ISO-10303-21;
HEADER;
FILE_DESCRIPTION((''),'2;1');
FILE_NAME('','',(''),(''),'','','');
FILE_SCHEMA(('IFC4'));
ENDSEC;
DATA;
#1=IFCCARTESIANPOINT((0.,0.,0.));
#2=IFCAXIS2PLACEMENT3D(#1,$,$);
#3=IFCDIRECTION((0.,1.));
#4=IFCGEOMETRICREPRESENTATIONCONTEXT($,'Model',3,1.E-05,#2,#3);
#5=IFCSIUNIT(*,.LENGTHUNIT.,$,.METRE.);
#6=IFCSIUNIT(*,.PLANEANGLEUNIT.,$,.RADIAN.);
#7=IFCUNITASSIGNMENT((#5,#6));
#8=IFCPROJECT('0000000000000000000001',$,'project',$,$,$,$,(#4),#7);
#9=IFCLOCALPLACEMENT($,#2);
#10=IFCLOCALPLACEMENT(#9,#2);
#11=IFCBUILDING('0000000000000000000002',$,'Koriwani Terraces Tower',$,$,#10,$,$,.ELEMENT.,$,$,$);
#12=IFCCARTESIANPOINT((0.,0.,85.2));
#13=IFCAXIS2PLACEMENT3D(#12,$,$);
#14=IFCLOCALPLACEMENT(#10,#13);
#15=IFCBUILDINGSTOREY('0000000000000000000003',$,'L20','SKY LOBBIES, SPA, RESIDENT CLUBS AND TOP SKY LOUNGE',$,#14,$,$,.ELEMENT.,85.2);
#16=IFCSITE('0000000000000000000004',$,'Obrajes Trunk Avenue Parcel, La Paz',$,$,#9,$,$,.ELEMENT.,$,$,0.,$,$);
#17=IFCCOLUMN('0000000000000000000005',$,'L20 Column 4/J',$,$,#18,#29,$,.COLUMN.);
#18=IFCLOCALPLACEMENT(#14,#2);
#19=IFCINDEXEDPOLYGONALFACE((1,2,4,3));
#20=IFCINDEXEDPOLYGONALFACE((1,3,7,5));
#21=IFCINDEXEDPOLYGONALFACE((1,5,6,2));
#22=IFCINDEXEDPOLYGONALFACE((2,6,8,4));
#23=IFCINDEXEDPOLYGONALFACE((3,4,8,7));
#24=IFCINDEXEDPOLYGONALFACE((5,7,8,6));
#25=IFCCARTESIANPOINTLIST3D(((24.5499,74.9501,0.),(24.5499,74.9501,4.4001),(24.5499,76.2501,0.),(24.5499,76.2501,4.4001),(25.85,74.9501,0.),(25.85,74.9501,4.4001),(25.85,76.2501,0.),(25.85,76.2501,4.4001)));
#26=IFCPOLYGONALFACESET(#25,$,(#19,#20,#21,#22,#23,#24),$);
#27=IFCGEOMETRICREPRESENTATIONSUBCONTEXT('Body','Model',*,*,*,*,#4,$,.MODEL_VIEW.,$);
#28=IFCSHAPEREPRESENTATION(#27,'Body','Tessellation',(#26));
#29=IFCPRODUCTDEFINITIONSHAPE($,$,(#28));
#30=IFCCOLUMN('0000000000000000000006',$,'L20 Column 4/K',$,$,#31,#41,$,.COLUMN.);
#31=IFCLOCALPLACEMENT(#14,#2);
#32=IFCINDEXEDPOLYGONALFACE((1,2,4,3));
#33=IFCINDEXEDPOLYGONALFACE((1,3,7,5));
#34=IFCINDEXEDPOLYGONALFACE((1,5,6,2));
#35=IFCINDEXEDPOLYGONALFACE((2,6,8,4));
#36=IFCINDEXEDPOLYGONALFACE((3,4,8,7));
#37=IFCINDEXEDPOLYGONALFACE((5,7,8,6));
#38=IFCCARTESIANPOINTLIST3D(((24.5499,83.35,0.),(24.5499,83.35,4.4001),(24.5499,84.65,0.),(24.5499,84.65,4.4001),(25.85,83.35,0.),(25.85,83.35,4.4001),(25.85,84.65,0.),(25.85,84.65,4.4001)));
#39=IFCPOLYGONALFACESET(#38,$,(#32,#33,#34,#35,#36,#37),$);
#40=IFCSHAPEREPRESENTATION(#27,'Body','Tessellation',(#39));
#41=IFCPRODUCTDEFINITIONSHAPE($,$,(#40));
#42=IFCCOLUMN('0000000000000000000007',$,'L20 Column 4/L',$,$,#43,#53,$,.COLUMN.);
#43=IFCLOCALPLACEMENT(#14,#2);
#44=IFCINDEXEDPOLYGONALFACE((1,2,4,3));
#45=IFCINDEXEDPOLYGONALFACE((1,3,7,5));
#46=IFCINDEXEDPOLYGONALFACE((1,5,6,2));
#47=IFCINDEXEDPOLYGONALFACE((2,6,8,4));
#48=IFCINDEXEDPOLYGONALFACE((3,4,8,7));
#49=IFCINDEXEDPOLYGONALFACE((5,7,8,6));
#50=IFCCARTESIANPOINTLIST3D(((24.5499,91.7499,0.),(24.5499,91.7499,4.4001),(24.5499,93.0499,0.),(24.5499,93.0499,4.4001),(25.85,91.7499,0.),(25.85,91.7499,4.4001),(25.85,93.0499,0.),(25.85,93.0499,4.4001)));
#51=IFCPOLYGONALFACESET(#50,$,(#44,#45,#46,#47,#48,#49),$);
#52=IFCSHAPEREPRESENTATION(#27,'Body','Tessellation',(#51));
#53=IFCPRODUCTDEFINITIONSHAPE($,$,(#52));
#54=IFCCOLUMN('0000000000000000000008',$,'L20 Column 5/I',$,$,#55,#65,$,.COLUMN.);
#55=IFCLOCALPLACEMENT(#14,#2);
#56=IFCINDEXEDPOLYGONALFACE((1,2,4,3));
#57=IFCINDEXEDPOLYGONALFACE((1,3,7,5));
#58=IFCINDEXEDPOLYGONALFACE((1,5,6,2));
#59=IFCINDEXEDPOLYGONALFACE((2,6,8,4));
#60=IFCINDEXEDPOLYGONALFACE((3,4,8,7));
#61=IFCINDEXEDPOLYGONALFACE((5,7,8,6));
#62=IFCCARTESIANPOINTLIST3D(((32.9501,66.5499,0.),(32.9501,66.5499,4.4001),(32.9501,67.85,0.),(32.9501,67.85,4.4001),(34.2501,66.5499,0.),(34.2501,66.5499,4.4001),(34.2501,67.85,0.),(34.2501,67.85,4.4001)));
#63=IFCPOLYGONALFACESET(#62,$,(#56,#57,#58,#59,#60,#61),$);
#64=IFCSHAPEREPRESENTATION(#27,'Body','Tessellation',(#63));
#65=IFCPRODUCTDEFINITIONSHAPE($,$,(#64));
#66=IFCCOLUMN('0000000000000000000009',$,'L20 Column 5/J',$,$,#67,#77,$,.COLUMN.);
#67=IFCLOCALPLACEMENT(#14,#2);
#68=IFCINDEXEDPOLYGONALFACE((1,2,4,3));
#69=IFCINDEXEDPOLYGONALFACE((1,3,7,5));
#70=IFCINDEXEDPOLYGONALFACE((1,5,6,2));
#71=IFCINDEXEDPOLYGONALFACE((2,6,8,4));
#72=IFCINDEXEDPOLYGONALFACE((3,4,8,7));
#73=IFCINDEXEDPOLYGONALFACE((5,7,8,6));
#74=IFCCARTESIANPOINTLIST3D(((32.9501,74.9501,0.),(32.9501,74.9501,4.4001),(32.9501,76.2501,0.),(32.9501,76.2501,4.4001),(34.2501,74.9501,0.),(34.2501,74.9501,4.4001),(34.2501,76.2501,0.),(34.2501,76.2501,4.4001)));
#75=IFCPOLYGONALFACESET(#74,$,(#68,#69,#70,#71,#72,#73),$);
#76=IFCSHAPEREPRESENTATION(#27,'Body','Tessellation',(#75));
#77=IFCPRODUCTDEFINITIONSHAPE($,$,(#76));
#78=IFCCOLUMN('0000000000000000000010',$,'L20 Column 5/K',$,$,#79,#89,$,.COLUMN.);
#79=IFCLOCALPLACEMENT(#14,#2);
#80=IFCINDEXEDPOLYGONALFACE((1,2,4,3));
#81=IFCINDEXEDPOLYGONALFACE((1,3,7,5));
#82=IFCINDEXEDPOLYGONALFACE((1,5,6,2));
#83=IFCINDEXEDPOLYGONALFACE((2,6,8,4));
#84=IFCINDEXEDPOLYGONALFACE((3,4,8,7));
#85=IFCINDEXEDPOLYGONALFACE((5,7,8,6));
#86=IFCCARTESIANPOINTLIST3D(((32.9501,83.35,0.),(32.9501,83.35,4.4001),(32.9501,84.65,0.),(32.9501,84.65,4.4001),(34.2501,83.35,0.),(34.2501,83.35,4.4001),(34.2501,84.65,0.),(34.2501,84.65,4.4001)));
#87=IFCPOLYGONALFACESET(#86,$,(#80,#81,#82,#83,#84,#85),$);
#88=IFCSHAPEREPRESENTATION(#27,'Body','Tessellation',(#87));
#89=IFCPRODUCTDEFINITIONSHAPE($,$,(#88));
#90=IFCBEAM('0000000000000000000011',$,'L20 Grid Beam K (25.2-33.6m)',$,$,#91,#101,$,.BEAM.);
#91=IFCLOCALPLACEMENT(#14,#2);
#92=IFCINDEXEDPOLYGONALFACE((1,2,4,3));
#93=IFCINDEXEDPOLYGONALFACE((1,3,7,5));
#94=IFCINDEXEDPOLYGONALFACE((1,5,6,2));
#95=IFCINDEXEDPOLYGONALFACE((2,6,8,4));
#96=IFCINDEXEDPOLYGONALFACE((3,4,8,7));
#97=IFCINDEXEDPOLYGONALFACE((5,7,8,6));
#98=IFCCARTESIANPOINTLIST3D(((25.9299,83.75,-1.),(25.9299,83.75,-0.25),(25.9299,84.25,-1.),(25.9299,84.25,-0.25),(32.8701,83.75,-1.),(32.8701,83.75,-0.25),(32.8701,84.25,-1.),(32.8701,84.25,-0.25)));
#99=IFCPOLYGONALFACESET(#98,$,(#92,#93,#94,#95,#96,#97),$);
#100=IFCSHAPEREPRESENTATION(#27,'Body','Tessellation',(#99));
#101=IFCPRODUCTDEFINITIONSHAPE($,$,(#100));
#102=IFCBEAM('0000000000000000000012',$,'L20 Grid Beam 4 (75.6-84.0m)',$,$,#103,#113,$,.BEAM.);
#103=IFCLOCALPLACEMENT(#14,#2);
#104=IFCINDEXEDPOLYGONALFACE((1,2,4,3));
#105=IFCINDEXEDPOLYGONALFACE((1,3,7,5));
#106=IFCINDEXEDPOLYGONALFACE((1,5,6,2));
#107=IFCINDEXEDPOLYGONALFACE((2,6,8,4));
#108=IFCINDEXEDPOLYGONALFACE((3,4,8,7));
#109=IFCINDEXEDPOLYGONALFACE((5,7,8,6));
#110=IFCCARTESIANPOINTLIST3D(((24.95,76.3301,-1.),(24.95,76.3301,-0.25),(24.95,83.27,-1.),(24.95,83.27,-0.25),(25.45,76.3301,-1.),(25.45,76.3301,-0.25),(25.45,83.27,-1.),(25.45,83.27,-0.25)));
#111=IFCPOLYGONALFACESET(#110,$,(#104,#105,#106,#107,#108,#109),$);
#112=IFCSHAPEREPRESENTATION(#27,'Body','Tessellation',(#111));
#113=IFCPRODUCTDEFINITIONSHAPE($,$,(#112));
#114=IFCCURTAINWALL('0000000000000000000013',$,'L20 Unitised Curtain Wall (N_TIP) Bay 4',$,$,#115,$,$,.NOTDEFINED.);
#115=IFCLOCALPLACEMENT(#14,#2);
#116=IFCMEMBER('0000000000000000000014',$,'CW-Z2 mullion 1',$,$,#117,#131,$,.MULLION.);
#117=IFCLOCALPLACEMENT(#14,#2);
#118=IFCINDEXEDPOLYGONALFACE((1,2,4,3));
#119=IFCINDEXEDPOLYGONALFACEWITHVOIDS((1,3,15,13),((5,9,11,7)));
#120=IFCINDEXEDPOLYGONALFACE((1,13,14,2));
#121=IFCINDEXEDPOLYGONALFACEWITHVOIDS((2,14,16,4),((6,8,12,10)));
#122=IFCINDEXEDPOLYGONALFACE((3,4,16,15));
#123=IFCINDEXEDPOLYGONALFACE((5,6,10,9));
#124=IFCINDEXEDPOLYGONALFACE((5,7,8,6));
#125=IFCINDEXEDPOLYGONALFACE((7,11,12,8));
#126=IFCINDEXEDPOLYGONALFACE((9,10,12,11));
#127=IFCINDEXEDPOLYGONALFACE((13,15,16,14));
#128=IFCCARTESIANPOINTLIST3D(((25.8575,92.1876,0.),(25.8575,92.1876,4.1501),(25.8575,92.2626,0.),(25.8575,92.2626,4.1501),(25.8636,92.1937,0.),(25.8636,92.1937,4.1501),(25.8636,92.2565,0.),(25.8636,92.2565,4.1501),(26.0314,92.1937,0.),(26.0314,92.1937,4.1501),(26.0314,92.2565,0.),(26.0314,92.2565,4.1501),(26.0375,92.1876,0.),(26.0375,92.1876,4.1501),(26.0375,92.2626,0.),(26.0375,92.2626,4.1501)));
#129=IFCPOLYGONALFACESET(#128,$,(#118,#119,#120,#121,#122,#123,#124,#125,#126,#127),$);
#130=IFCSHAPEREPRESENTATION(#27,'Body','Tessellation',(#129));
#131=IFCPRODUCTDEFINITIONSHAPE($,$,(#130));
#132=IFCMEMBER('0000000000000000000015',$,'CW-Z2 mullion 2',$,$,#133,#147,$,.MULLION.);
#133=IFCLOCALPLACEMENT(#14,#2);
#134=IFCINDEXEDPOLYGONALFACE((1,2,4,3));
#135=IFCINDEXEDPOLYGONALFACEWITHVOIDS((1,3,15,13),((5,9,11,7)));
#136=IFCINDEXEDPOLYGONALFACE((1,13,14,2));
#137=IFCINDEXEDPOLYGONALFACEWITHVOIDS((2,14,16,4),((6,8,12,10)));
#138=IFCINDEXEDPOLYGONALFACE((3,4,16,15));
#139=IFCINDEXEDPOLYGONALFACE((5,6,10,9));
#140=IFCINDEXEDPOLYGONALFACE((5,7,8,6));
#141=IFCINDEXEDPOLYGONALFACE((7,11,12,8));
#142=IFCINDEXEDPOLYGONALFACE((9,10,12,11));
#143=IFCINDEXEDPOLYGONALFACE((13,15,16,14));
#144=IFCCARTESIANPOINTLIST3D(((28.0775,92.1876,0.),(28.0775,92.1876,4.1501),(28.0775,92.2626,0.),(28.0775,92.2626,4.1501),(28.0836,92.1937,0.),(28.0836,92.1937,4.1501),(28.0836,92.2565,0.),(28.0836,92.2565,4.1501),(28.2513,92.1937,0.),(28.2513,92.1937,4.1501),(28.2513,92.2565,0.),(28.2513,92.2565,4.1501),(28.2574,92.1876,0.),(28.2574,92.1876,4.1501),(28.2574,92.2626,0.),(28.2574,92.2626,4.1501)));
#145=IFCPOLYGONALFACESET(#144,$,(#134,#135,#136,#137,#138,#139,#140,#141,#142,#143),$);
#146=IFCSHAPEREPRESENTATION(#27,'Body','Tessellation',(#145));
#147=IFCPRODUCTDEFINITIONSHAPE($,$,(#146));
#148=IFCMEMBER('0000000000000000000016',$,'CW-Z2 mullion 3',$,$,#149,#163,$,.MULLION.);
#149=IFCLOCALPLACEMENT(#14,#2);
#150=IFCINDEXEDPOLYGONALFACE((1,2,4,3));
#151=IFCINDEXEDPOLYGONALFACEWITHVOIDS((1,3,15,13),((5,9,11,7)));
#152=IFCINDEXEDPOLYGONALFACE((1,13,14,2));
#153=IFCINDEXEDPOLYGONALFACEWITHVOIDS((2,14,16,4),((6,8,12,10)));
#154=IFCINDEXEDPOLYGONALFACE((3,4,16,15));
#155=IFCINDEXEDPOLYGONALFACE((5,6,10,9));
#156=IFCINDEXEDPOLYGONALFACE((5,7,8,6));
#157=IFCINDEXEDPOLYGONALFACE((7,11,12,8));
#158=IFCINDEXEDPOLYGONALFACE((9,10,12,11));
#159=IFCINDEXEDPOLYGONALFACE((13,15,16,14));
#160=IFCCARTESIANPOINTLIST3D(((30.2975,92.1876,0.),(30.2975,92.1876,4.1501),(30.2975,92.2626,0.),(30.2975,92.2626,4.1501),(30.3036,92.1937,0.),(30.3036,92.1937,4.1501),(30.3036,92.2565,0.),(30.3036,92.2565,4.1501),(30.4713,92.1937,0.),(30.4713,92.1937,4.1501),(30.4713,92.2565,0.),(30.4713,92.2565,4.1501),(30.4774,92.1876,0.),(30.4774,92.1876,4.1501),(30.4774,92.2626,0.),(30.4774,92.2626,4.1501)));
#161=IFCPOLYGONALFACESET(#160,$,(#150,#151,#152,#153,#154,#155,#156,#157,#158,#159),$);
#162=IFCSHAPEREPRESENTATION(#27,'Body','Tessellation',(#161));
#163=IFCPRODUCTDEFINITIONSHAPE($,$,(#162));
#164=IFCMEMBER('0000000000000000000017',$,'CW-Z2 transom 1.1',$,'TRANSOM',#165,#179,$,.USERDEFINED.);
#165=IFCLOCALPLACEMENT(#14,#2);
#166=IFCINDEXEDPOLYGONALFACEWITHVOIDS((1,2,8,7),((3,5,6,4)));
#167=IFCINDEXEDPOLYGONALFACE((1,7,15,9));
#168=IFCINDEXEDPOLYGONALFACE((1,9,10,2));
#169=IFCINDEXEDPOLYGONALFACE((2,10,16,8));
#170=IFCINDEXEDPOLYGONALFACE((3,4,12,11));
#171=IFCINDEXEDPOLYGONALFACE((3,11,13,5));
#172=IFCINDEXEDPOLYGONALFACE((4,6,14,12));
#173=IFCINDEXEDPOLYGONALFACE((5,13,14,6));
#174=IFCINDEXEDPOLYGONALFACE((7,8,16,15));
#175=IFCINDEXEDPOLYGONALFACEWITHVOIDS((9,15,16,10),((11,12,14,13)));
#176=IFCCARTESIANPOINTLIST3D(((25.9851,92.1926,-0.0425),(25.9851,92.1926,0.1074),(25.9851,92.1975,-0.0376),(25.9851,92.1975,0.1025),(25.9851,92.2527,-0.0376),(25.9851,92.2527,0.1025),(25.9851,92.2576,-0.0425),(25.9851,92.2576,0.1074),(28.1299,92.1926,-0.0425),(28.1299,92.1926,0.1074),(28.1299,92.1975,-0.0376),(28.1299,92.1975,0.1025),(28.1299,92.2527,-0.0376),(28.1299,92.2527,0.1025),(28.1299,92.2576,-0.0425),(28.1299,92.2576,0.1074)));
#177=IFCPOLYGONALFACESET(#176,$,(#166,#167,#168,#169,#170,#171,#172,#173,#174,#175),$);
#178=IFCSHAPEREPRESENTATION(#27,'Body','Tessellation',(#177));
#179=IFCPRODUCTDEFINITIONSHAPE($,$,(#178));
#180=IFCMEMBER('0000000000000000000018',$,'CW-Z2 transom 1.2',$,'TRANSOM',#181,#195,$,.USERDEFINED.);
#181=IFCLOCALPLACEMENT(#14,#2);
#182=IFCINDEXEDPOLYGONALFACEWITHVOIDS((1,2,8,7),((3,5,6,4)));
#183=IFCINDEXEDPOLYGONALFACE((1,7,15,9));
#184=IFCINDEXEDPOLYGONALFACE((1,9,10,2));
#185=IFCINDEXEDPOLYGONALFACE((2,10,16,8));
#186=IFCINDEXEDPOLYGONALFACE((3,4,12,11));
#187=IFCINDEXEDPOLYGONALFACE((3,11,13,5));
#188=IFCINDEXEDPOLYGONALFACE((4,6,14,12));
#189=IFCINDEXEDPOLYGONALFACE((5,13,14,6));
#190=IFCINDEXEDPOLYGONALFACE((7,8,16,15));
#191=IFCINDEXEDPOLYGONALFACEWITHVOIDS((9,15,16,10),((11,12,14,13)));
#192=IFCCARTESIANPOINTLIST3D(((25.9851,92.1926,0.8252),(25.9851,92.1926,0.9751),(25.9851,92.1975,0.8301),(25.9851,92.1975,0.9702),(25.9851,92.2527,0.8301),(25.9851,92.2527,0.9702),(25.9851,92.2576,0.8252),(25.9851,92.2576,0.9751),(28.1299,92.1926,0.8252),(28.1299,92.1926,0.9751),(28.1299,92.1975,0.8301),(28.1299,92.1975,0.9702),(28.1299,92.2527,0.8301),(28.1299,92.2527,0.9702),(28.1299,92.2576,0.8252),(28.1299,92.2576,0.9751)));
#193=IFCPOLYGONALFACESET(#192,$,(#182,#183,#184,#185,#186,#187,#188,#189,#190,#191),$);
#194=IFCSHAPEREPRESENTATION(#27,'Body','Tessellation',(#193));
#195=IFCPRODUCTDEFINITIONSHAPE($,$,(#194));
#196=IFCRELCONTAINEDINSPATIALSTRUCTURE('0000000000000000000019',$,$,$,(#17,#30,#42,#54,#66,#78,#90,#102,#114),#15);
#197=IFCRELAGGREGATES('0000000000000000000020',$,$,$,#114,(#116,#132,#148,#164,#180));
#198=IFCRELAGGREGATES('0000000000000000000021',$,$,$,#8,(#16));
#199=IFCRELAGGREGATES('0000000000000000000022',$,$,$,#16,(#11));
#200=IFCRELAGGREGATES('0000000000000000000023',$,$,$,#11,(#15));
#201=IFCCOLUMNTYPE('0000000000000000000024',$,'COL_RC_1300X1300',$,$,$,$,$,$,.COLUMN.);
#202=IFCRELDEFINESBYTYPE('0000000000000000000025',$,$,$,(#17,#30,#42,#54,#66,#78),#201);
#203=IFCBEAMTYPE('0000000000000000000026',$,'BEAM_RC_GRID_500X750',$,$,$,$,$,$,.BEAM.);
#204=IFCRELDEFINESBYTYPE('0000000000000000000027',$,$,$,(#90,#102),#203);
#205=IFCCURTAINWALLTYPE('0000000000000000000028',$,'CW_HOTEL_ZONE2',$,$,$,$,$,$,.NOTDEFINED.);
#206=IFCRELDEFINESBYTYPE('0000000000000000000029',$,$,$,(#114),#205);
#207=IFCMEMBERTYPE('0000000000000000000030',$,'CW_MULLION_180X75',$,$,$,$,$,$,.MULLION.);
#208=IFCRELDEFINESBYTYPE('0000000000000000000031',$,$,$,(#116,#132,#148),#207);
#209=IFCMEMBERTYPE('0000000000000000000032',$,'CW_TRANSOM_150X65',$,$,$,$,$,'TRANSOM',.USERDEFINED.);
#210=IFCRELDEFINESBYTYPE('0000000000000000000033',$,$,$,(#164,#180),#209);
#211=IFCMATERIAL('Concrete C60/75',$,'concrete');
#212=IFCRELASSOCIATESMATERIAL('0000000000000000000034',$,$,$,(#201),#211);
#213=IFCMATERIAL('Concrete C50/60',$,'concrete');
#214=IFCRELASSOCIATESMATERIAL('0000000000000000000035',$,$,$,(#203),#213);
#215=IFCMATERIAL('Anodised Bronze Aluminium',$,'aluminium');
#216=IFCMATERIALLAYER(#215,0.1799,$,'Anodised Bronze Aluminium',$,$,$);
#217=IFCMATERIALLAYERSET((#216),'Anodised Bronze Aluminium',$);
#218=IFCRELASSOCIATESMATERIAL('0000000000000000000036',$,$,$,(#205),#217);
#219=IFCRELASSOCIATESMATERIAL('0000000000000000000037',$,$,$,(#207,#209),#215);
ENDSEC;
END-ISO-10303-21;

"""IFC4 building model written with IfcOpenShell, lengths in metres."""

from ifc_helpers import new_model, si_unit, direction, frame, origin, origin_2d, place, context, subcontext, project, spatial, rectangle, hollow_rectangle, extrude, material, layer, layer_set, material_profile, profile_set, type_object, element, aggregate, save


model = new_model("IFC4")

# Units and contexts
model_context = context("Model", 3, precision=1e-05, world=origin(), true_north=direction((0.0, 1.0)))
body_context = subcontext(model_context, "Body", "Model", "MODEL_VIEW")
ifc_project = project(units=[si_unit("LENGTHUNIT", "METRE"), si_unit("PLANEANGLEUNIT", "RADIAN")], contexts=[model_context])

# Site, building, storey
site_placement = place(None, origin())
site = spatial("IfcSite", under=ifc_project, at=site_placement, Name="Obrajes Trunk Avenue Parcel, La Paz", CompositionType="ELEMENT", RefElevation=0.0)
building_placement = place(site_placement, origin())
building = spatial("IfcBuilding", under=site, at=building_placement, Name="Koriwani Terraces Tower", CompositionType="ELEMENT")
storey_placement = place(building_placement, frame((0.0, 0.0, 85.2)))
storey = spatial("IfcBuildingStorey", under=building, at=storey_placement, Name="L20", Description="SKY LOBBIES, SPA, RESIDENT CLUBS AND TOP SKY LOUNGE", CompositionType="ELEMENT", Elevation=85.2)

# Columns
ifc_material_1 = material(Name="Concrete C60/75", Category="concrete")
ifc_material_profile_1 = material_profile(ifc_material_1, rectangle(XDim=1.3, YDim=1.3, at=origin_2d()), Name="Concrete C60/75", Category="LoadBearing")
ifc_profile_set_1 = profile_set([ifc_material_profile_1], Name="Concrete C60/75")
column_type = type_object("IfcColumnType", Name="COL_RC_1300X1300", PredefinedType="COLUMN", material=ifc_profile_set_1)
for number, where, z_axis, x_axis, name in (
    (1, (25.2, 75.6001, 0.0), (0.0, 0.0, 1.0), (1.0, 0.0, 0.0), "L20 Column 4/J"),
    (2, (25.2, 84.0, 0.0), (0.0, 0.0, 1.0), (1.0, 0.0, 0.0), "L20 Column 4/K"),
    (3, (25.2, 92.3999, 0.0), (0.0, 0.0, 1.0), (1.0, 0.0, 0.0), "L20 Column 4/L"),
    (4, (33.6001, 67.2, 0.0), (0.0, 0.0, 1.0), (1.0, 0.0, 0.0), "L20 Column 5/I"),
    (5, (33.6001, 75.6001, 0.0), (0.0, 0.0, 1.0), (1.0, 0.0, 0.0), "L20 Column 5/J"),
    (6, (33.6001, 84.0, 0.0), (0.0, 0.0, 1.0), (1.0, 0.0, 0.0), "L20 Column 5/K"),
):
    element("IfcColumn", number, at=place(storey_placement, frame(where, z_axis=z_axis, x_axis=x_axis)), inside=storey, type_object=column_type, Name=name, PredefinedType="COLUMN", context=body_context, shape_type="SweptSolid", body=[
        extrude(rectangle(XDim=1.3, YDim=1.3, at=origin_2d()), origin(), (0.0, 0.0, 1.0), 4.4001),
    ])

# Beams
ifc_material_2 = material(Name="Concrete C50/60", Category="concrete")
ifc_material_profile_2 = material_profile(ifc_material_2, rectangle(XDim=0.5, YDim=0.75, at=origin_2d()), Name="Concrete C50/60", Category="LoadBearing")
ifc_profile_set_2 = profile_set([ifc_material_profile_2], Name="Concrete C50/60")
beam_type_1 = type_object("IfcBeamType", Name="BEAM_RC_GRID_500X750", PredefinedType="BEAM", material=ifc_profile_set_2)
beam_1_placement = place(storey_placement, frame((25.9299, 84.0, -0.625), z_axis=(1.0, 0.0, 0.0), x_axis=(0.0, 1.0, 0.0)))
element("IfcBeam", 7, at=beam_1_placement, inside=storey, type_object=beam_type_1, Name="L20 Grid Beam K (25.2-33.6m)", PredefinedType="BEAM", context=body_context, shape_type="SweptSolid", body=[
    extrude(rectangle(XDim=0.5, YDim=0.75, at=origin_2d()), origin(), (0.0, 0.0, 1.0), 6.9402),
])
beam_2_placement = place(storey_placement, frame((25.2, 76.3301, -0.625), z_axis=(0.0, 1.0, 0.0), x_axis=(-1.0, 0.0, 0.0)))
element("IfcBeam", 8, at=beam_2_placement, inside=storey, type_object=beam_type_1, Name="L20 Grid Beam 4 (75.6-84.0m)", PredefinedType="BEAM", context=body_context, shape_type="SweptSolid", body=[
    extrude(rectangle(XDim=0.5, YDim=0.75, at=origin_2d()), origin(), (0.0, 0.0, 1.0), 6.9399),
])

# Curtain wall, members
ifc_material_3 = material(Name="Anodised Bronze Aluminium", Category="aluminium")
ifc_layer_1 = layer(ifc_material_3, 0.1799, Name="Anodised Bronze Aluminium")
ifc_layer_set_1 = layer_set([ifc_layer_1], Name="Anodised Bronze Aluminium")
curtain_wall_type = type_object("IfcCurtainWallType", Name="CW_HOTEL_ZONE2", PredefinedType="NOTDEFINED", material=ifc_layer_set_1)
curtain_wall_placement = place(storey_placement, origin())
curtain_wall = element("IfcCurtainWall", 9, at=curtain_wall_placement, inside=storey, type_object=curtain_wall_type, Name="L20 Unitised Curtain Wall (N_TIP) Bay 4", PredefinedType="NOTDEFINED")
ifc_material_profile_3 = material_profile(ifc_material_3, hollow_rectangle(XDim=0.075, YDim=0.1799, WallThickness=0.0061, at=origin_2d()), Name="Anodised Bronze Aluminium", Category="LoadBearing")
ifc_profile_set_3 = profile_set([ifc_material_profile_3], Name="Anodised Bronze Aluminium")
member_type_1 = type_object("IfcMemberType", Name="CW_MULLION_180X75", PredefinedType="MULLION", material=ifc_profile_set_3)
member_1_placement = place(storey_placement, frame((25.9475, 92.2251, 0.0), z_axis=(0.0, 0.0, 1.0), x_axis=(0.0, 1.0, 0.0)))
member_1 = element("IfcMember", 10, at=member_1_placement, type_object=member_type_1, Name="CW-Z2 mullion 1", PredefinedType="MULLION", context=body_context, shape_type="SweptSolid", body=[
    extrude(hollow_rectangle(XDim=0.075, YDim=0.1799, WallThickness=0.0061, at=origin_2d()), origin(), (0.0, 0.0, 1.0), 4.1501),
])
member_2_placement = place(storey_placement, frame((28.1675, 92.2251, 0.0), z_axis=(0.0, 0.0, 1.0), x_axis=(0.0, 1.0, 0.0)))
member_2 = element("IfcMember", 11, at=member_2_placement, type_object=member_type_1, Name="CW-Z2 mullion 2", PredefinedType="MULLION", context=body_context, shape_type="SweptSolid", body=[
    extrude(hollow_rectangle(XDim=0.075, YDim=0.1799, WallThickness=0.0061, at=origin_2d()), origin(), (0.0, 0.0, 1.0), 4.1501),
])
member_3_placement = place(storey_placement, frame((30.3875, 92.2251, 0.0), z_axis=(0.0, 0.0, 1.0), x_axis=(0.0, 1.0, 0.0)))
member_3 = element("IfcMember", 12, at=member_3_placement, type_object=member_type_1, Name="CW-Z2 mullion 3", PredefinedType="MULLION", context=body_context, shape_type="SweptSolid", body=[
    extrude(hollow_rectangle(XDim=0.075, YDim=0.1799, WallThickness=0.0061, at=origin_2d()), origin(), (0.0, 0.0, 1.0), 4.1501),
])
ifc_material_profile_4 = material_profile(ifc_material_3, hollow_rectangle(XDim=0.0649, YDim=0.1499, WallThickness=0.0049, at=origin_2d()), Name="Anodised Bronze Aluminium", Category="LoadBearing")
ifc_profile_set_4 = profile_set([ifc_material_profile_4], Name="Anodised Bronze Aluminium")
member_type_2 = type_object("IfcMemberType", Name="CW_TRANSOM_150X65", ElementType="TRANSOM", PredefinedType="USERDEFINED", material=ifc_profile_set_4)
member_4_placement = place(storey_placement, frame((25.9851, 92.2251, 0.0325), z_axis=(1.0, 0.0, 0.0), x_axis=(0.0, 1.0, 0.0)))
member_4 = element("IfcMember", 13, at=member_4_placement, type_object=member_type_2, Name="CW-Z2 transom 1.1", ObjectType="TRANSOM", PredefinedType="USERDEFINED", context=body_context, shape_type="SweptSolid", body=[
    extrude(hollow_rectangle(XDim=0.0649, YDim=0.1499, WallThickness=0.0049, at=origin_2d()), origin(), (0.0, 0.0, 1.0), 2.1448),
])
member_5_placement = place(storey_placement, frame((25.9851, 92.2251, 0.9001), z_axis=(1.0, 0.0, 0.0), x_axis=(0.0, 1.0, 0.0)))
member_5 = element("IfcMember", 14, at=member_5_placement, type_object=member_type_2, Name="CW-Z2 transom 1.2", ObjectType="TRANSOM", PredefinedType="USERDEFINED", context=body_context, shape_type="SweptSolid", body=[
    extrude(hollow_rectangle(XDim=0.0649, YDim=0.1499, WallThickness=0.0049, at=origin_2d()), origin(), (0.0, 0.0, 1.0), 2.1448),
])

aggregate(curtain_wall, [member_1, member_2, member_3, member_4, member_5])

save(model, "model.ifc")
